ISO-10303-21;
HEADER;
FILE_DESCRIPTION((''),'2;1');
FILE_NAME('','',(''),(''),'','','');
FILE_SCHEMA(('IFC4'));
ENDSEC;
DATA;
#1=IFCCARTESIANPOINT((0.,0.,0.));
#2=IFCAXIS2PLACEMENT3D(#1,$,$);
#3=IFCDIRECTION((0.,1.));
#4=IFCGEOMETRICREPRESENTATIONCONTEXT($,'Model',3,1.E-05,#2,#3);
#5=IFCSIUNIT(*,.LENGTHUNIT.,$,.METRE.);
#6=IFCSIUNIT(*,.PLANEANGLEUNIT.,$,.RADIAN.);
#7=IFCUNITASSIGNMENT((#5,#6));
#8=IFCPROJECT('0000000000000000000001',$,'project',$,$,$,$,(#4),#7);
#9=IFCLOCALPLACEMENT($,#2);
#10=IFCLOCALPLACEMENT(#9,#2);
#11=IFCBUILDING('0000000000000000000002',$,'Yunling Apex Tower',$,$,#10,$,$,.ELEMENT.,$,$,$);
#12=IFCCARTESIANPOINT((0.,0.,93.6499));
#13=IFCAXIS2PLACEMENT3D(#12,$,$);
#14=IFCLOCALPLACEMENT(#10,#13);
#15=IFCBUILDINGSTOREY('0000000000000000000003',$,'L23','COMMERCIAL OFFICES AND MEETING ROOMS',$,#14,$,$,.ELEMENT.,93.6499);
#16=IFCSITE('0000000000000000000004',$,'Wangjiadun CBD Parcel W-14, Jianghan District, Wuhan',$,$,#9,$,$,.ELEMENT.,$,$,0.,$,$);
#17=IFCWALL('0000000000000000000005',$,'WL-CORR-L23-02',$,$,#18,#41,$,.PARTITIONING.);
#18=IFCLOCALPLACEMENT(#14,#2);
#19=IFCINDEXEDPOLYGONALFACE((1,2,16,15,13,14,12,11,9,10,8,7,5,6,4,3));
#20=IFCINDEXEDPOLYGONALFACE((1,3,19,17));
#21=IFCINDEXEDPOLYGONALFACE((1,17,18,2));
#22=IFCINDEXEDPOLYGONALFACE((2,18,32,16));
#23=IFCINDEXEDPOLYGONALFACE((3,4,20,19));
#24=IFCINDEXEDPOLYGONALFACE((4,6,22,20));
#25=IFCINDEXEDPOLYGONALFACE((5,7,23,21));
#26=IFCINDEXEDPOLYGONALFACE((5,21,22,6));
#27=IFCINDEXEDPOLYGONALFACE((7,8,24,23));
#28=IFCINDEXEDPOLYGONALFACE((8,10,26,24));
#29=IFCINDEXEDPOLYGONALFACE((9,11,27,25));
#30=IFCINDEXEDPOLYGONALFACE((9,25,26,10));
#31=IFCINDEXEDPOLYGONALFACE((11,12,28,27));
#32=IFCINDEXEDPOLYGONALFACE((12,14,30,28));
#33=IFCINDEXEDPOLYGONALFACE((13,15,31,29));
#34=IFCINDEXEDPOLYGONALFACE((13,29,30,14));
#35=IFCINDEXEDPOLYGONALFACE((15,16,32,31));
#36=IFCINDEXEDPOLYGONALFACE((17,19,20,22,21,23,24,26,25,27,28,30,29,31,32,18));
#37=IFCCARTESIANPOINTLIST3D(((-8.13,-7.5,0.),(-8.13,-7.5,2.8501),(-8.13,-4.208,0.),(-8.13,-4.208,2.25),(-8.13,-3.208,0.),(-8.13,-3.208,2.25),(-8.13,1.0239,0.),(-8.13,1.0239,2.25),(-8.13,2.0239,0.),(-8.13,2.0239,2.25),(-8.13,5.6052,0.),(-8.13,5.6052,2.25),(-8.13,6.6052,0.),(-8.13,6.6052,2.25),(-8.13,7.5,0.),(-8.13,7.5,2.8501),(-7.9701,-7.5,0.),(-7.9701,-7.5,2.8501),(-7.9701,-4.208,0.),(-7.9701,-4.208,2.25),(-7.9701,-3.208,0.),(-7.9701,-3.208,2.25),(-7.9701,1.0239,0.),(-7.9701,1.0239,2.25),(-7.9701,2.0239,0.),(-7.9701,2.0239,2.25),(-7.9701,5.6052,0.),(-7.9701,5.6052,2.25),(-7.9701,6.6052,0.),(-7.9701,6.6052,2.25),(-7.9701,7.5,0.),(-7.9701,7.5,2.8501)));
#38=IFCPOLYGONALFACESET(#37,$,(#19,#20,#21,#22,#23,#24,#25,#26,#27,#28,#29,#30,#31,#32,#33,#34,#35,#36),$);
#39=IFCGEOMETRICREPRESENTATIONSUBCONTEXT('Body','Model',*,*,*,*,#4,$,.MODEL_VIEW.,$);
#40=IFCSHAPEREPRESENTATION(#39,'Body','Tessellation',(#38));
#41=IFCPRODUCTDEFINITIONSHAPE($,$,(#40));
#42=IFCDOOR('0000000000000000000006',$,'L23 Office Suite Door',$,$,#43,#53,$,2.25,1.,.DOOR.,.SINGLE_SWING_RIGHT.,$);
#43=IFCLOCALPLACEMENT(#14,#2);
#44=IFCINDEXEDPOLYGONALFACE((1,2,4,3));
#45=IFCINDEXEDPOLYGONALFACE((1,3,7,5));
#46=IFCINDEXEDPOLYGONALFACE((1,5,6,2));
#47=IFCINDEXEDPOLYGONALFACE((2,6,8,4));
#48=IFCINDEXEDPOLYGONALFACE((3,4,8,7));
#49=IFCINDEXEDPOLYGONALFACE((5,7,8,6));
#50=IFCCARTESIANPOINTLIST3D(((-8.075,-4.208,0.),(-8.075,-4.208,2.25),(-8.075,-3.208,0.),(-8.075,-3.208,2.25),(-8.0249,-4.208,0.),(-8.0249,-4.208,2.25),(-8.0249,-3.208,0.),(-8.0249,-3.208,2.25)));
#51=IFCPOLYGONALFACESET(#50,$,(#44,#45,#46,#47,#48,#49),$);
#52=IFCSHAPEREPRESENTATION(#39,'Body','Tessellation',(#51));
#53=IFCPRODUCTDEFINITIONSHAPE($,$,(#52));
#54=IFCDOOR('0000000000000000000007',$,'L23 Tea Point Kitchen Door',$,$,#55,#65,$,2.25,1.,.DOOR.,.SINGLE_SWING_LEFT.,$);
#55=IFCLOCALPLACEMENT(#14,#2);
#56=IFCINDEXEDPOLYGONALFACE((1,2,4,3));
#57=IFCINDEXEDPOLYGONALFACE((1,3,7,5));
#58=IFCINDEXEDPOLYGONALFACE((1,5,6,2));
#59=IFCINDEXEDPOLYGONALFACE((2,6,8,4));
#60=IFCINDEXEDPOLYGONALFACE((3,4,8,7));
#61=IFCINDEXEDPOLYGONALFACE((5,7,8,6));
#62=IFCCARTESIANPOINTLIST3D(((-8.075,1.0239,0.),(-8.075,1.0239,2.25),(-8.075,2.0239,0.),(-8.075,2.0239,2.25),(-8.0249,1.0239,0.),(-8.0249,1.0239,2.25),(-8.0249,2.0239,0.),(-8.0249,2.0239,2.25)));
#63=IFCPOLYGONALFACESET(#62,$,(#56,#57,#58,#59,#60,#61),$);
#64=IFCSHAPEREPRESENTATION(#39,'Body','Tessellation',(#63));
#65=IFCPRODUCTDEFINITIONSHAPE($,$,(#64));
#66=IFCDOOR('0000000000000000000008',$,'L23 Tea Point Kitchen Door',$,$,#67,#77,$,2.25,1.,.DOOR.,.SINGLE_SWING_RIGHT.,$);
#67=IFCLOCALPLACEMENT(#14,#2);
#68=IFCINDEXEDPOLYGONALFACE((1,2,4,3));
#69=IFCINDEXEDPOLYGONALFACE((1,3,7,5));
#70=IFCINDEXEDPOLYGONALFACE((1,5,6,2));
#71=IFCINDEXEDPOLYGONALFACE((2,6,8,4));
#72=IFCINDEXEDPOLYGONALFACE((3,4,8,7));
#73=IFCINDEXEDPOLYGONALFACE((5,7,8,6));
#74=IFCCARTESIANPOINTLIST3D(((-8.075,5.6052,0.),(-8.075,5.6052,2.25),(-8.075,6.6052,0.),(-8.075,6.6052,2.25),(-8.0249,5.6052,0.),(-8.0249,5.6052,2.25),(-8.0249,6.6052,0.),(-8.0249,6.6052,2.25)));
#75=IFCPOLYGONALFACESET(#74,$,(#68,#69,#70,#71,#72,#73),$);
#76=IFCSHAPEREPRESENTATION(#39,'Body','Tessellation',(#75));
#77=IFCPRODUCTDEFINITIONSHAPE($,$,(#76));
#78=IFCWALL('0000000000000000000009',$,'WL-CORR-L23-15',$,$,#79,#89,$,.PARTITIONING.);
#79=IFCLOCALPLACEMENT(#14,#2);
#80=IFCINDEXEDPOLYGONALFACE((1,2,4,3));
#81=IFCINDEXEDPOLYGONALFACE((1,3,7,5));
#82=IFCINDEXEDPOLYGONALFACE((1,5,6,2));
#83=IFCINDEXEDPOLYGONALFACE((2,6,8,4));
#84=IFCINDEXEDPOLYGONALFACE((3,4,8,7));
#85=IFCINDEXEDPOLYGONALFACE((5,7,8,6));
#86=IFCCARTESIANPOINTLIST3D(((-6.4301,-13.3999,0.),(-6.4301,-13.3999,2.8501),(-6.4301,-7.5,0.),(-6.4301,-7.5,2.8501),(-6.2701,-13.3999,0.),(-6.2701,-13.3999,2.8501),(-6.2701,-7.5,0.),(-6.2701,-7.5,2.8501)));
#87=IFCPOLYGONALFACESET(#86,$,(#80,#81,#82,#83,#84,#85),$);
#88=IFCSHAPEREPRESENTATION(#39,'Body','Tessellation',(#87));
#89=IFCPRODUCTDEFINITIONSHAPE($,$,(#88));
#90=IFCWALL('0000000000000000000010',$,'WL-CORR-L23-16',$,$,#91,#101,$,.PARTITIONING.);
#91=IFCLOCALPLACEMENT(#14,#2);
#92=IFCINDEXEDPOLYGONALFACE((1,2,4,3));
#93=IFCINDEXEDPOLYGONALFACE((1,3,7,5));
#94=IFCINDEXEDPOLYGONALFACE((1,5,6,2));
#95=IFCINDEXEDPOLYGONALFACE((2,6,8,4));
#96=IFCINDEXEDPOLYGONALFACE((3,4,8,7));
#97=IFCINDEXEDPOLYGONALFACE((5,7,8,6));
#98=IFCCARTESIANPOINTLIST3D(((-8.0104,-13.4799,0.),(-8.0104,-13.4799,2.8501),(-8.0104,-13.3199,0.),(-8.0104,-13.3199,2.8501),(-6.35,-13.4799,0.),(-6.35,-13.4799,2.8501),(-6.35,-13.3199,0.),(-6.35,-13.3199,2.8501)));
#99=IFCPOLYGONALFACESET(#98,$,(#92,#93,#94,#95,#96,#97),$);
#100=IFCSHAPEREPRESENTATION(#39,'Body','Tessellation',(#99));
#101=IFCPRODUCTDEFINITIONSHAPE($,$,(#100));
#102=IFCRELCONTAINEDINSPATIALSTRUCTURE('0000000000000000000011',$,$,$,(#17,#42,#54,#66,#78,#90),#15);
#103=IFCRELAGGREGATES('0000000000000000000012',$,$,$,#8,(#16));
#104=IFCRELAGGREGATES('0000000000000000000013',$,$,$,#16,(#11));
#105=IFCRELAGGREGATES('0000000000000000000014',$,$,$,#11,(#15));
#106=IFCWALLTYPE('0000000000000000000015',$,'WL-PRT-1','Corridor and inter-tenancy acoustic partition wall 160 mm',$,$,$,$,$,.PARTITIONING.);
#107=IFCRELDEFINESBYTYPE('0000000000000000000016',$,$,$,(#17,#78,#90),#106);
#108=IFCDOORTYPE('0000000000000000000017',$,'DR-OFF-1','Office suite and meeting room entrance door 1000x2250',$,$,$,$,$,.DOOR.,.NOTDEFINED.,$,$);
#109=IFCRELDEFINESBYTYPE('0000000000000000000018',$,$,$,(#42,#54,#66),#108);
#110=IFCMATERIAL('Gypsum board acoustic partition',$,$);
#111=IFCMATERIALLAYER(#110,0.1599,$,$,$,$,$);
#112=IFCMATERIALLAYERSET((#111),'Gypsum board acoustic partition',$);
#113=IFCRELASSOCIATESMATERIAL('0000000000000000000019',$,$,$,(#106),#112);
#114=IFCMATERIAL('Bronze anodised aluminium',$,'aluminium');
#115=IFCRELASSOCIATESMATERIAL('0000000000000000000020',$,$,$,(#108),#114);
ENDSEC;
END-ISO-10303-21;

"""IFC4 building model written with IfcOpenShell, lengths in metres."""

from ifc_helpers import new_model, si_unit, direction, frame, frame_2d, origin, place, context, subcontext, project, spatial, rectangle, extrude, material, layer, layer_set, type_object, element, fill, save


model = new_model("IFC4")

# Units and contexts
model_context = context("Model", 3, precision=1e-05, world=origin(), true_north=direction((0.0, 1.0)))
body_context = subcontext(model_context, "Body", "Model", "MODEL_VIEW")
ifc_project = project(units=[si_unit("LENGTHUNIT", "METRE"), si_unit("PLANEANGLEUNIT", "RADIAN")], contexts=[model_context])

# Site, building, storey
site_placement = place(None, origin())
site = spatial("IfcSite", under=ifc_project, at=site_placement, Name="Wangjiadun CBD Parcel W-14, Jianghan District, Wuhan", CompositionType="ELEMENT", RefElevation=0.0)
building_placement = place(site_placement, origin())
building = spatial("IfcBuilding", under=site, at=building_placement, Name="Yunling Apex Tower", CompositionType="ELEMENT")
storey_placement = place(building_placement, frame((0.0, 0.0, 93.6499)))
storey = spatial("IfcBuildingStorey", under=building, at=storey_placement, Name="L23", Description="COMMERCIAL OFFICES AND MEETING ROOMS", CompositionType="ELEMENT", Elevation=93.6499)

# Shared definitions
ifc_material_1 = material(Name="Bronze anodised aluminium", Category="aluminium")

# Shared definitions
ifc_material_2 = material(Name="Gypsum board acoustic partition")
ifc_layer_1 = layer(ifc_material_2, 0.1599)
ifc_layer_set_1 = layer_set([ifc_layer_1], Name="Gypsum board acoustic partition")
wall_type = type_object("IfcWallType", Name="WL-PRT-1", Description="Corridor and inter-tenancy acoustic partition wall 160 mm", PredefinedType="PARTITIONING", material=ifc_layer_set_1)
door_type = type_object("IfcDoorType", Name="DR-OFF-1", Description="Office suite and meeting room entrance door 1000x2250", OperationType="NOTDEFINED", PredefinedType="DOOR", material=ifc_material_1)

# Wall, openings, doors
wall_1_placement = place(storey_placement, frame((-8.05, -7.5, 0.0), z_axis=(0.0, 0.0, 1.0), x_axis=(0.0, 1.0, 0.0)))
wall_1 = element("IfcWall", 1, at=wall_1_placement, inside=storey, type_object=wall_type, Name="WL-CORR-L23-02", PredefinedType="PARTITIONING", context=body_context, shape_type="SweptSolid", body=[
    extrude(rectangle(XDim=15.0, YDim=0.1599, at=frame_2d((7.5, 0.0))), origin(), (0.0, 0.0, 1.0), 2.8501),
])
opening_1_placement = place(wall_1_placement, frame((3.292, 0.0, 0.0)))
opening_1 = element("IfcOpeningElement", 2, at=opening_1_placement, cuts=wall_1, PredefinedType="OPENING", context=body_context, shape_type="SweptSolid", body=[
    extrude(rectangle(XDim=1.0, YDim=2.25, at=frame_2d((0.5, 1.125))), frame((0.0, 0.0898, 0.0), z_axis=(0.0, -1.0, 0.0), x_axis=(1.0, 0.0, 0.0)), (0.0, 0.0, 1.0), 0.1799),
])
opening_2_placement = place(wall_1_placement, frame((8.5239, 0.0, 0.0)))
opening_2 = element("IfcOpeningElement", 3, at=opening_2_placement, cuts=wall_1, PredefinedType="OPENING", context=body_context, shape_type="SweptSolid", body=[
    extrude(rectangle(XDim=1.0, YDim=2.25, at=frame_2d((0.5, 1.125))), frame((0.0, 0.0898, 0.0), z_axis=(0.0, -1.0, 0.0), x_axis=(1.0, 0.0, 0.0)), (0.0, 0.0, 1.0), 0.1799),
])
opening_3_placement = place(wall_1_placement, frame((13.1052, 0.0, 0.0)))
opening_3 = element("IfcOpeningElement", 4, at=opening_3_placement, cuts=wall_1, PredefinedType="OPENING", context=body_context, shape_type="SweptSolid", body=[
    extrude(rectangle(XDim=1.0, YDim=2.25, at=frame_2d((0.5, 1.125))), frame((0.0, 0.0898, 0.0), z_axis=(0.0, -1.0, 0.0), x_axis=(1.0, 0.0, 0.0)), (0.0, 0.0, 1.0), 0.1799),
])
door_1_placement = place(opening_1_placement, origin())
door_1 = element("IfcDoor", 5, at=door_1_placement, inside=storey, type_object=door_type, Name="L23 Office Suite Door", OperationType="SINGLE_SWING_RIGHT", OverallHeight=2.25, OverallWidth=1.0, PredefinedType="DOOR", context=body_context, shape_type="SweptSolid", body=[
    extrude(rectangle(XDim=1.0, YDim=2.25, at=frame_2d((0.5, 1.125))), frame((0.0, 0.0249, 0.0), z_axis=(0.0, -1.0, 0.0), x_axis=(1.0, 0.0, 0.0)), (0.0, 0.0, 1.0), 0.05),
])
fill(opening_1, door_1)
door_2_placement = place(opening_2_placement, origin())
door_2 = element("IfcDoor", 6, at=door_2_placement, inside=storey, type_object=door_type, Name="L23 Tea Point Kitchen Door", OperationType="SINGLE_SWING_LEFT", OverallHeight=2.25, OverallWidth=1.0, PredefinedType="DOOR", context=body_context, shape_type="SweptSolid", body=[
    extrude(rectangle(XDim=1.0, YDim=2.25, at=frame_2d((0.5, 1.125))), frame((0.0, 0.0249, 0.0), z_axis=(0.0, -1.0, 0.0), x_axis=(1.0, 0.0, 0.0)), (0.0, 0.0, 1.0), 0.05),
])
fill(opening_2, door_2)
door_3_placement = place(opening_3_placement, origin())
door_3 = element("IfcDoor", 7, at=door_3_placement, inside=storey, type_object=door_type, Name="L23 Tea Point Kitchen Door", OperationType="SINGLE_SWING_RIGHT", OverallHeight=2.25, OverallWidth=1.0, PredefinedType="DOOR", context=body_context, shape_type="SweptSolid", body=[
    extrude(rectangle(XDim=1.0, YDim=2.25, at=frame_2d((0.5, 1.125))), frame((0.0, 0.0249, 0.0), z_axis=(0.0, -1.0, 0.0), x_axis=(1.0, 0.0, 0.0)), (0.0, 0.0, 1.0), 0.05),
])
fill(opening_3, door_3)

# Walls
wall_2_placement = place(storey_placement, frame((-6.3501, -7.5, 0.0), z_axis=(0.0, 0.0, 1.0), x_axis=(0.0, -1.0, 0.0)))
element("IfcWall", 8, at=wall_2_placement, inside=storey, type_object=wall_type, Name="WL-CORR-L23-15", PredefinedType="PARTITIONING", context=body_context, shape_type="SweptSolid", body=[
    extrude(rectangle(XDim=5.8999, YDim=0.1599, at=frame_2d((2.95, 0.0))), origin(), (0.0, 0.0, 1.0), 2.8501),
])
wall_3_placement = place(storey_placement, frame((-6.3501, -13.3999, 0.0), z_axis=(0.0, 0.0, 1.0), x_axis=(-1.0, 0.0, 0.0)))
element("IfcWall", 9, at=wall_3_placement, inside=storey, type_object=wall_type, Name="WL-CORR-L23-16", PredefinedType="PARTITIONING", context=body_context, shape_type="SweptSolid", body=[
    extrude(rectangle(XDim=1.6604, YDim=0.1599, at=frame_2d((0.8301, 0.0))), origin(), (0.0, 0.0, 1.0), 2.8501),
])

save(model, "model.ifc")
